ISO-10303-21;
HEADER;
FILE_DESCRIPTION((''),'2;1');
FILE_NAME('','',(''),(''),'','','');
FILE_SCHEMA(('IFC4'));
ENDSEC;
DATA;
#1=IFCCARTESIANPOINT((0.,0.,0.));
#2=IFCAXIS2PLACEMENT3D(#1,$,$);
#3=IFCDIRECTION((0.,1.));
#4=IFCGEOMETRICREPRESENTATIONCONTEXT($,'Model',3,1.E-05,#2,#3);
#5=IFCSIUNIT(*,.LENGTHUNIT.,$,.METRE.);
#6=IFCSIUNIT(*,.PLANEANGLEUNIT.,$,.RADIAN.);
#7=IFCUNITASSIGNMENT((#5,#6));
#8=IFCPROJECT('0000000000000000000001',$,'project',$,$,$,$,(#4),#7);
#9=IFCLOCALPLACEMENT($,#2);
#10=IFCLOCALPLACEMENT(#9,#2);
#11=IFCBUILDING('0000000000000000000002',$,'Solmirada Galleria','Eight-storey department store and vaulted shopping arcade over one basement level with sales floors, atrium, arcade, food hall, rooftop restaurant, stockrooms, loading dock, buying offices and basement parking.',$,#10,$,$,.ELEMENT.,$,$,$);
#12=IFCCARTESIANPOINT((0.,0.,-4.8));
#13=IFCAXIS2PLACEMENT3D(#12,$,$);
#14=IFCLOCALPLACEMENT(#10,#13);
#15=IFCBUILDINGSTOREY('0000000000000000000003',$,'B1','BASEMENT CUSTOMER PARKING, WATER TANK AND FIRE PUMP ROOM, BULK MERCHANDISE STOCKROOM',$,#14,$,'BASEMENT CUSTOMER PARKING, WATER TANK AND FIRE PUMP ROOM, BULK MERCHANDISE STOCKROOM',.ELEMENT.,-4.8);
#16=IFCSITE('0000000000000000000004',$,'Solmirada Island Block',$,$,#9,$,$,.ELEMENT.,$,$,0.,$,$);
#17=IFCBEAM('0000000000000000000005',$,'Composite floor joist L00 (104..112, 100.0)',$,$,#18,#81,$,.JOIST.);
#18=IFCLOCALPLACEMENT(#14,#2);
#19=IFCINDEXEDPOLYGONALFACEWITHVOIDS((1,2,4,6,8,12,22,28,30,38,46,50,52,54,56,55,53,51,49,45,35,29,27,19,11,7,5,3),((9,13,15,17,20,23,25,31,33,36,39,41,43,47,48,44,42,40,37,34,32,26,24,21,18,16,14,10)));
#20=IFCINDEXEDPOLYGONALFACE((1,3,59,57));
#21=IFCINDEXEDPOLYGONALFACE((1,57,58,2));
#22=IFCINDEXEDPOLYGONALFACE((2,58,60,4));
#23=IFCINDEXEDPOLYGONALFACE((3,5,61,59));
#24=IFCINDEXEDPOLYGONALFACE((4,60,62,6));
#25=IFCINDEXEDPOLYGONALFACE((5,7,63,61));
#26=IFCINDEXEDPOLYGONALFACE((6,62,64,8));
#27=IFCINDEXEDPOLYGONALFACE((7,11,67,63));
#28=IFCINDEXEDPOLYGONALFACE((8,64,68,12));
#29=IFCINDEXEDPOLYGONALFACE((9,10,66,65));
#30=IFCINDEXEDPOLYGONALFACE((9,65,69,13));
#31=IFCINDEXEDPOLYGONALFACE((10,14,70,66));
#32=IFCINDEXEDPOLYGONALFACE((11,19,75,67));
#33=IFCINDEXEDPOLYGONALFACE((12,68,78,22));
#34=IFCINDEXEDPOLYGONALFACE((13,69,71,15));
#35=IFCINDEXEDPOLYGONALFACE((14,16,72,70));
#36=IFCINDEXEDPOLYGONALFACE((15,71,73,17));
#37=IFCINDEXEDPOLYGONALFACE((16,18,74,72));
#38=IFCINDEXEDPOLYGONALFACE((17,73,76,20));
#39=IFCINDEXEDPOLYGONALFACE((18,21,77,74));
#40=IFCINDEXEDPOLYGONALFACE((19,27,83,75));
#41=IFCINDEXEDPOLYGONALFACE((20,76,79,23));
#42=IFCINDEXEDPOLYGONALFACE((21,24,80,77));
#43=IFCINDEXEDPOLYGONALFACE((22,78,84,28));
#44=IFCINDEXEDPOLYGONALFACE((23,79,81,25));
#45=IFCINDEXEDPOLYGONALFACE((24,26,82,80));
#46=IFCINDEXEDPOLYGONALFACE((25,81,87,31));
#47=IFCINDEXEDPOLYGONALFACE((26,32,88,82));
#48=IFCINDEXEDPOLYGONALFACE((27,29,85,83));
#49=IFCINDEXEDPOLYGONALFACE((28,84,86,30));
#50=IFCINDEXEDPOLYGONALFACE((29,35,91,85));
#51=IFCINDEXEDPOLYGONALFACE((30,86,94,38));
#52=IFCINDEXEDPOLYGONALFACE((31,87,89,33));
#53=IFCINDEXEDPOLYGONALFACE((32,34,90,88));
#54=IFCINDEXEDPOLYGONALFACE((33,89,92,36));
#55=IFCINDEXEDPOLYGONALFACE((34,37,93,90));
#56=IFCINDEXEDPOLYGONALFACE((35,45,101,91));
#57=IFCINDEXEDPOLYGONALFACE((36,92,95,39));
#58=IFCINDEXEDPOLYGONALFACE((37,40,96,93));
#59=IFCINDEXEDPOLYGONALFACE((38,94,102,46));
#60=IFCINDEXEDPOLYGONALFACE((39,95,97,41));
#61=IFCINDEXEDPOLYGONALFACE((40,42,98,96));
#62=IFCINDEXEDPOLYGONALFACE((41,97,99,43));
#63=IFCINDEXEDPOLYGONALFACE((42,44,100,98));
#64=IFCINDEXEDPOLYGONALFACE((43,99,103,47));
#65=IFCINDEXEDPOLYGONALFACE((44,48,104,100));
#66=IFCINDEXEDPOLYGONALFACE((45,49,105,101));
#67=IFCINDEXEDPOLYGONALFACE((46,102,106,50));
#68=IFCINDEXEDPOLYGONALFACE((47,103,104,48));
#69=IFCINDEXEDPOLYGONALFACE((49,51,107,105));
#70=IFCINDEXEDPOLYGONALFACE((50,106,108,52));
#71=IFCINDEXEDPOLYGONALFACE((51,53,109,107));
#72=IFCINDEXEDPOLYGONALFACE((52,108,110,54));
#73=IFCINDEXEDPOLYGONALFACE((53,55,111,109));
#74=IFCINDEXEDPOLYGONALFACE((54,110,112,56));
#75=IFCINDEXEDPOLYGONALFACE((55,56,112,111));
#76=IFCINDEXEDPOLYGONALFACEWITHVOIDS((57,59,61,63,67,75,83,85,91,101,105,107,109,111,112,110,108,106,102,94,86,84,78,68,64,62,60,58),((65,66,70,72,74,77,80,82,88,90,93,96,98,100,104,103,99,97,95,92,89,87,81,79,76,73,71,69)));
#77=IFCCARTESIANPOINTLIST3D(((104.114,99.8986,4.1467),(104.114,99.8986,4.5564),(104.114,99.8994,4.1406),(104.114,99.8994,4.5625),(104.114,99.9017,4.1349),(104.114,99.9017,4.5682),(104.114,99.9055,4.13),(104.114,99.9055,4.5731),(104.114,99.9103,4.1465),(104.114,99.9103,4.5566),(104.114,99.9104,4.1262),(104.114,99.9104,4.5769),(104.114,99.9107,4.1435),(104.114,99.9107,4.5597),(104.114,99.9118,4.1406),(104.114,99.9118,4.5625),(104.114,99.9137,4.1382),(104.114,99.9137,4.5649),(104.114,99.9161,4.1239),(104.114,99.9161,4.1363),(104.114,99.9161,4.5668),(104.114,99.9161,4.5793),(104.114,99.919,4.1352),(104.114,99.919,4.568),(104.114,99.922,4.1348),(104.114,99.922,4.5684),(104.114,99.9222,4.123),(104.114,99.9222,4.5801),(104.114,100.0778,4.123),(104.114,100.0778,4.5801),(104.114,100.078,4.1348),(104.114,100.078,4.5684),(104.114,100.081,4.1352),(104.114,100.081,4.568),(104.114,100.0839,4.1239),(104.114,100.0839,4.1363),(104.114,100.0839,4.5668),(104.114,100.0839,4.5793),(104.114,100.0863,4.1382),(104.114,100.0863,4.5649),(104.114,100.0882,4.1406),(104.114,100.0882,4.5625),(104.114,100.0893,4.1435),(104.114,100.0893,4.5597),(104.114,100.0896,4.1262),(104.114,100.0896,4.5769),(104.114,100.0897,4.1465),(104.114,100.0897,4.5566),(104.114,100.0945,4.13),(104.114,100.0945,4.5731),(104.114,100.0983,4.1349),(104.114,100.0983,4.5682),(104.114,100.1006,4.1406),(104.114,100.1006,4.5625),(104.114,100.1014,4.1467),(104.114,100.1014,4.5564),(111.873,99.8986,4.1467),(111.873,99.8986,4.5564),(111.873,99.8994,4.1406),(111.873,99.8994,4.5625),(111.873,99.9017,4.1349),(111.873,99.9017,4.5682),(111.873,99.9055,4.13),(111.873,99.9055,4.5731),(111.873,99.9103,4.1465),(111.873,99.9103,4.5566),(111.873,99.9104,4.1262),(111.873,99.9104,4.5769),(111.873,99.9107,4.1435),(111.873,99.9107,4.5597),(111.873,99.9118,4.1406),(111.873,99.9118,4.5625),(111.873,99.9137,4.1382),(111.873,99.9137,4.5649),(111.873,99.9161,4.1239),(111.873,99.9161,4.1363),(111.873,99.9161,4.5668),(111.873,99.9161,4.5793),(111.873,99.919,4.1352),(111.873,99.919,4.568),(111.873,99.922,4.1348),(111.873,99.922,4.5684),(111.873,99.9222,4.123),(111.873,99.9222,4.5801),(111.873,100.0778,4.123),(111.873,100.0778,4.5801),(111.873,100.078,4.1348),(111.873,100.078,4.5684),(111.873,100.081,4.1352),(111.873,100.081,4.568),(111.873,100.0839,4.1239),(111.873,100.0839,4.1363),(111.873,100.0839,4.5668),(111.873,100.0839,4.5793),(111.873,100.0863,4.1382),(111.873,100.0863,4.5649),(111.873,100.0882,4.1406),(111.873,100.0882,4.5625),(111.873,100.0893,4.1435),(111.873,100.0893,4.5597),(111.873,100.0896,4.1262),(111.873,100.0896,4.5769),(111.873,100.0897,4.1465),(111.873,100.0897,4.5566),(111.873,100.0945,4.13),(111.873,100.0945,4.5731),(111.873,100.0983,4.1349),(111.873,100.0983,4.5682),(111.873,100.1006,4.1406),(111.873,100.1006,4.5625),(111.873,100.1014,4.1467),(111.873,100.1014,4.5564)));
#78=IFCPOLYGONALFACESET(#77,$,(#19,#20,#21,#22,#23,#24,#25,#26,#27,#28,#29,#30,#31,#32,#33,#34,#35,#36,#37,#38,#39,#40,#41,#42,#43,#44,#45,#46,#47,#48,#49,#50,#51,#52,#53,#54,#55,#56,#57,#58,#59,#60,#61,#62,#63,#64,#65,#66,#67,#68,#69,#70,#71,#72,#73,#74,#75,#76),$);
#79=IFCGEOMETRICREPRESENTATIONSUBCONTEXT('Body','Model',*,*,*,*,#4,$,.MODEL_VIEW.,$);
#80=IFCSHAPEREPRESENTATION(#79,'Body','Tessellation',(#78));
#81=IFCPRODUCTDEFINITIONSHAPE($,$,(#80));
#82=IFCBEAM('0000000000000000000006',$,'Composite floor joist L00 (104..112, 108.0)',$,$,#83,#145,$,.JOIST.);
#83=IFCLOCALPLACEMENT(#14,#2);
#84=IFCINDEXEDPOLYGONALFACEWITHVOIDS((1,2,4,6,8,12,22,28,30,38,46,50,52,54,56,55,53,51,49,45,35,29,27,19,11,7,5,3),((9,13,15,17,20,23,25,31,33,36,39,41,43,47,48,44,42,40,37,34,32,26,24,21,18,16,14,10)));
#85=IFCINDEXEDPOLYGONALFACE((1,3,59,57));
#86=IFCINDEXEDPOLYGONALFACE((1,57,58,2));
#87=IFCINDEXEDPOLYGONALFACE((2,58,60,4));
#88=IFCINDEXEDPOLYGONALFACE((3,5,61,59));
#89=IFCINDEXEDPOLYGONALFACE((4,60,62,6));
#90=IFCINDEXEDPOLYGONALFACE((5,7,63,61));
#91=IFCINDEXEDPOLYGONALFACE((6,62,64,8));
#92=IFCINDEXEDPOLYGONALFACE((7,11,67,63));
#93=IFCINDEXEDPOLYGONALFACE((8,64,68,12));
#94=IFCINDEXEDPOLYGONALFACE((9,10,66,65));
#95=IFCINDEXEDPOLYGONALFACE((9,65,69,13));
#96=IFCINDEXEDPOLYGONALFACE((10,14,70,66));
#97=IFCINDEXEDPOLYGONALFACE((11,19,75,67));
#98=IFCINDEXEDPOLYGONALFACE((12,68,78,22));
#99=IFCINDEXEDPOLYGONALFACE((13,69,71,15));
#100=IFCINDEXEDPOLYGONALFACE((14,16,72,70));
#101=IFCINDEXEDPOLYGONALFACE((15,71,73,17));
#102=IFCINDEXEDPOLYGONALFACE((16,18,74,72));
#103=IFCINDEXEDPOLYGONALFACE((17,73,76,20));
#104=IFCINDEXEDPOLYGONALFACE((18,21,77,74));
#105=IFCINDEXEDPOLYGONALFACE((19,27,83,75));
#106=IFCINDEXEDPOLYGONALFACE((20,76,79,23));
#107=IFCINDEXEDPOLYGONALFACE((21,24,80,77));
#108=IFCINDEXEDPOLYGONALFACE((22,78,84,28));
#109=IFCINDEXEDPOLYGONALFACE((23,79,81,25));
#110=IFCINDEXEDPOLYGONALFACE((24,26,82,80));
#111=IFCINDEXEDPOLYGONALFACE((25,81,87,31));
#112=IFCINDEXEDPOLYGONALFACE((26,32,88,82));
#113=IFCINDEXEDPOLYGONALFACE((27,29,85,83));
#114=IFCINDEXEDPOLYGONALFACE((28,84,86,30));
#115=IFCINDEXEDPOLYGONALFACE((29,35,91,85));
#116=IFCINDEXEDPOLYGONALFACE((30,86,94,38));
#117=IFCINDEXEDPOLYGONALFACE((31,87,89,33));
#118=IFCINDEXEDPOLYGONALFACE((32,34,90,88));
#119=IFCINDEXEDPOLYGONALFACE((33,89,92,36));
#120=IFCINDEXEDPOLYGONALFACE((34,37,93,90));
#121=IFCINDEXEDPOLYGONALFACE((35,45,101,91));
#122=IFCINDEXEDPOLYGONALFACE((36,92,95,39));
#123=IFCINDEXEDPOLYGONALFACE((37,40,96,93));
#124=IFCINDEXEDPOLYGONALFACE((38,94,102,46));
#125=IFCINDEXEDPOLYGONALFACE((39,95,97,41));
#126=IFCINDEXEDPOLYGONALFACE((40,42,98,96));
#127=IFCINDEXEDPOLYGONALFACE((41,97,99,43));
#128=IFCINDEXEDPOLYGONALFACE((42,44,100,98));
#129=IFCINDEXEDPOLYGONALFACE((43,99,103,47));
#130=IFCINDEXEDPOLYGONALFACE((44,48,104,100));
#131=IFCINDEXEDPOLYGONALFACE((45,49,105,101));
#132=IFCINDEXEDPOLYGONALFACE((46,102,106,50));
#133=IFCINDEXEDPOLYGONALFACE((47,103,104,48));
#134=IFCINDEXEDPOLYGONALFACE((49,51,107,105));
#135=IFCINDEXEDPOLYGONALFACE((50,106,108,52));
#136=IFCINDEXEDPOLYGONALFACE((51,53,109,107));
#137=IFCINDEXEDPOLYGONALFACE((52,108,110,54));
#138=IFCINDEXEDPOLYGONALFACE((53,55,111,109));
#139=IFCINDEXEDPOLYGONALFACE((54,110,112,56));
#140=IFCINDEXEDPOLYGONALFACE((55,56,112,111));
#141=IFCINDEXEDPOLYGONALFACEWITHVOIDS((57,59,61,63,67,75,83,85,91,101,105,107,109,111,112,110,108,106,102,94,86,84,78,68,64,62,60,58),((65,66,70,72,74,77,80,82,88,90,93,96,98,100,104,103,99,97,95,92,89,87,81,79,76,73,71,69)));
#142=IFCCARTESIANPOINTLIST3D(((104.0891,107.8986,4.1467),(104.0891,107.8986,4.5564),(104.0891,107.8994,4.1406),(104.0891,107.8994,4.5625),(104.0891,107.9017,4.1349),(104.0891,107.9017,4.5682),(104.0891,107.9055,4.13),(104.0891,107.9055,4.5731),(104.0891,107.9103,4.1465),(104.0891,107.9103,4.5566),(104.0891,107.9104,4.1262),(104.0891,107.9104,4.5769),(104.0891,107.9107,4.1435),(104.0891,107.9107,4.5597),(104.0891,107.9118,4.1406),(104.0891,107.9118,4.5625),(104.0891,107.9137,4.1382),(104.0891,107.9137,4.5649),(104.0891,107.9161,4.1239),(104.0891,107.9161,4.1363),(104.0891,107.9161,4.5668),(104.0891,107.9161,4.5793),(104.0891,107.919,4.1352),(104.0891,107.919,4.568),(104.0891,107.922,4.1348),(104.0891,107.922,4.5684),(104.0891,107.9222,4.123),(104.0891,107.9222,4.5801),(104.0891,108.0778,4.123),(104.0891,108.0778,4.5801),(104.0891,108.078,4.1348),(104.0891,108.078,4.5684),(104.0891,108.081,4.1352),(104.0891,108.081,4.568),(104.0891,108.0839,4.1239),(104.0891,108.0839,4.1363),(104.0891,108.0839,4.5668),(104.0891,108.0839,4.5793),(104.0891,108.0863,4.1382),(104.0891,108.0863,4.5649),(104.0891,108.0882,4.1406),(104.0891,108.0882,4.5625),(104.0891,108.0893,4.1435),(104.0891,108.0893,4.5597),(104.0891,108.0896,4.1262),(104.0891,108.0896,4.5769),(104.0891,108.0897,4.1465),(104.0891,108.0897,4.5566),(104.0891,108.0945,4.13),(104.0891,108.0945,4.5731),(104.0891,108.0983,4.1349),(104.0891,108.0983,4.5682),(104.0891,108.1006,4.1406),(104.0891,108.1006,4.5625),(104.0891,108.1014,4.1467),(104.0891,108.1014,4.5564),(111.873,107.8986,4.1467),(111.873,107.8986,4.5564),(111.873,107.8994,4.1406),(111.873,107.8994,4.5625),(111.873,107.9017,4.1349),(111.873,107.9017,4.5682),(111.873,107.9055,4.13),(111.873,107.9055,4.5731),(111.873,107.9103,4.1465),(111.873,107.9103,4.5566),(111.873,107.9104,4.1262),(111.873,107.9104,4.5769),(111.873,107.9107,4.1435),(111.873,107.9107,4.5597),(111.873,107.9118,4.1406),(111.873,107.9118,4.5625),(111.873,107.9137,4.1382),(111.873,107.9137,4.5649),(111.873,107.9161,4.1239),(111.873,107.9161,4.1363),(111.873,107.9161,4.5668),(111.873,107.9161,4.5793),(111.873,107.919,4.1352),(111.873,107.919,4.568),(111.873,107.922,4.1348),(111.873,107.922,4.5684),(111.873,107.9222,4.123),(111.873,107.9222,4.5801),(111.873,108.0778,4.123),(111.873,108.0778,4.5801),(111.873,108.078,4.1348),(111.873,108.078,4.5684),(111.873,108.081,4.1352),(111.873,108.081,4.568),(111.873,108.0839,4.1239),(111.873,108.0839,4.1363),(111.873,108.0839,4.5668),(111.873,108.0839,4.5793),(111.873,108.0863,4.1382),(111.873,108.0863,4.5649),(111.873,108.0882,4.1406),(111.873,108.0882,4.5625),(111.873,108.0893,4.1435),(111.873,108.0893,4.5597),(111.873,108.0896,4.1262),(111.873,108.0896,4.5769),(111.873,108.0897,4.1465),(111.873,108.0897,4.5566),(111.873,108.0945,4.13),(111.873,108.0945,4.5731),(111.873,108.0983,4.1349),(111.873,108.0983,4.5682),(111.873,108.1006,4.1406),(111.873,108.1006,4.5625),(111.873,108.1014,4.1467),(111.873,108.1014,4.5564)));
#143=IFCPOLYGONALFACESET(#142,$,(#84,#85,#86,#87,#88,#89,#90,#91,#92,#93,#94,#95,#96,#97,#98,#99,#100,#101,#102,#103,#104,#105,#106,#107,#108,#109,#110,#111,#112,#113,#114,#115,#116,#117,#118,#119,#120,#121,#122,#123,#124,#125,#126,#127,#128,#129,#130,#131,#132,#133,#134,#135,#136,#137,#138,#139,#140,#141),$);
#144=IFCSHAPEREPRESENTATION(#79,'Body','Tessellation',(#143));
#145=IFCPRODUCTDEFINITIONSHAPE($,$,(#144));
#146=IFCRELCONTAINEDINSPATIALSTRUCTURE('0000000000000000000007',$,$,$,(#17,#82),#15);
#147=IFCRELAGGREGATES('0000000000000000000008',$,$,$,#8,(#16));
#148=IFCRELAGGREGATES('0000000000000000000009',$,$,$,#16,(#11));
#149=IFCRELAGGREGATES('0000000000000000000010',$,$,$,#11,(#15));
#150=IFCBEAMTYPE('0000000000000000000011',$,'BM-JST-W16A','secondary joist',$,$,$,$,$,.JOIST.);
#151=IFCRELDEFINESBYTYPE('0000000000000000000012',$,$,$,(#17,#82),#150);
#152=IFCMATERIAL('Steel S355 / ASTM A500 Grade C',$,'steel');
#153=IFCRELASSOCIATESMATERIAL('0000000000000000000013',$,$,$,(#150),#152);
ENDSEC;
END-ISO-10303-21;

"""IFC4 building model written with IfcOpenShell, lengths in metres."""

from ifc_helpers import new_model, si_unit, direction, frame, origin, origin_2d, place, context, subcontext, project, spatial, hollow_rectangle, extrude, material, material_profile, profile_set, type_object, element, save


model = new_model("IFC4")

# Units and contexts
model_context = context("Model", 3, precision=1e-05, world=origin(), true_north=direction((0.0, 1.0)))
body_context = subcontext(model_context, "Body", "Model", "MODEL_VIEW")
ifc_project = project(units=[si_unit("LENGTHUNIT", "METRE"), si_unit("PLANEANGLEUNIT", "RADIAN")], contexts=[model_context])

# Site, building, storey
site_placement = place(None, origin())
site = spatial("IfcSite", under=ifc_project, at=site_placement, Name="Solmirada Island Block", CompositionType="ELEMENT", RefElevation=0.0)
building_placement = place(site_placement, origin())
building = spatial("IfcBuilding", under=site, at=building_placement, Name="Solmirada Galleria", Description="Eight-storey department store and vaulted shopping arcade over one basement level with sales floors, atrium, arcade, food hall, rooftop restaurant, stockrooms, loading dock, buying offices and basement parking.", CompositionType="ELEMENT")
storey_placement = place(building_placement, frame((0.0, 0.0, -4.8)))
storey = spatial("IfcBuildingStorey", under=building, at=storey_placement, Name="B1", Description="BASEMENT CUSTOMER PARKING, WATER TANK AND FIRE PUMP ROOM, BULK MERCHANDISE STOCKROOM", LongName="BASEMENT CUSTOMER PARKING, WATER TANK AND FIRE PUMP ROOM, BULK MERCHANDISE STOCKROOM", CompositionType="ELEMENT", Elevation=-4.8)

# Beams
ifc_material_1 = material(Name="Steel S355 / ASTM A500 Grade C", Category="steel")
ifc_material_profile_1 = material_profile(ifc_material_1, hollow_rectangle(XDim=0.2029, YDim=0.457, WallThickness=0.0117, InnerFilletRadius=0.0117, OuterFilletRadius=0.0237, at=origin_2d()), Name="HSS18X8X1/2")
ifc_profile_set_1 = profile_set([ifc_material_profile_1], Name="Steel S355 / ASTM A500 Grade C")
beam_type_1 = type_object("IfcBeamType", Name="BM-JST-W16A", Description="secondary joist", PredefinedType="JOIST", material=ifc_profile_set_1)
beam_1_placement = place(storey_placement, frame((104.114, 100.0, 4.3516), z_axis=(1.0, 0.0, 0.0), x_axis=(0.0, 1.0, 0.0)))
element("IfcBeam", 1, at=beam_1_placement, inside=storey, type_object=beam_type_1, Name="Composite floor joist L00 (104..112, 100.0)", PredefinedType="JOIST", context=body_context, shape_type="SweptSolid", body=[
    extrude(hollow_rectangle(XDim=0.2029, YDim=0.457, WallThickness=0.0117, InnerFilletRadius=0.0117, OuterFilletRadius=0.0237, at=origin_2d()), origin(), (0.0, 0.0, 1.0), 7.759),
])
beam_2_placement = place(storey_placement, frame((104.0891, 108.0, 4.3516), z_axis=(1.0, 0.0, 0.0), x_axis=(0.0, 1.0, 0.0)))
element("IfcBeam", 2, at=beam_2_placement, inside=storey, type_object=beam_type_1, Name="Composite floor joist L00 (104..112, 108.0)", PredefinedType="JOIST", context=body_context, shape_type="SweptSolid", body=[
    extrude(hollow_rectangle(XDim=0.2029, YDim=0.457, WallThickness=0.0117, InnerFilletRadius=0.0117, OuterFilletRadius=0.0237, at=origin_2d()), origin(), (0.0, 0.0, 1.0), 7.7839),
])

save(model, "model.ifc")
